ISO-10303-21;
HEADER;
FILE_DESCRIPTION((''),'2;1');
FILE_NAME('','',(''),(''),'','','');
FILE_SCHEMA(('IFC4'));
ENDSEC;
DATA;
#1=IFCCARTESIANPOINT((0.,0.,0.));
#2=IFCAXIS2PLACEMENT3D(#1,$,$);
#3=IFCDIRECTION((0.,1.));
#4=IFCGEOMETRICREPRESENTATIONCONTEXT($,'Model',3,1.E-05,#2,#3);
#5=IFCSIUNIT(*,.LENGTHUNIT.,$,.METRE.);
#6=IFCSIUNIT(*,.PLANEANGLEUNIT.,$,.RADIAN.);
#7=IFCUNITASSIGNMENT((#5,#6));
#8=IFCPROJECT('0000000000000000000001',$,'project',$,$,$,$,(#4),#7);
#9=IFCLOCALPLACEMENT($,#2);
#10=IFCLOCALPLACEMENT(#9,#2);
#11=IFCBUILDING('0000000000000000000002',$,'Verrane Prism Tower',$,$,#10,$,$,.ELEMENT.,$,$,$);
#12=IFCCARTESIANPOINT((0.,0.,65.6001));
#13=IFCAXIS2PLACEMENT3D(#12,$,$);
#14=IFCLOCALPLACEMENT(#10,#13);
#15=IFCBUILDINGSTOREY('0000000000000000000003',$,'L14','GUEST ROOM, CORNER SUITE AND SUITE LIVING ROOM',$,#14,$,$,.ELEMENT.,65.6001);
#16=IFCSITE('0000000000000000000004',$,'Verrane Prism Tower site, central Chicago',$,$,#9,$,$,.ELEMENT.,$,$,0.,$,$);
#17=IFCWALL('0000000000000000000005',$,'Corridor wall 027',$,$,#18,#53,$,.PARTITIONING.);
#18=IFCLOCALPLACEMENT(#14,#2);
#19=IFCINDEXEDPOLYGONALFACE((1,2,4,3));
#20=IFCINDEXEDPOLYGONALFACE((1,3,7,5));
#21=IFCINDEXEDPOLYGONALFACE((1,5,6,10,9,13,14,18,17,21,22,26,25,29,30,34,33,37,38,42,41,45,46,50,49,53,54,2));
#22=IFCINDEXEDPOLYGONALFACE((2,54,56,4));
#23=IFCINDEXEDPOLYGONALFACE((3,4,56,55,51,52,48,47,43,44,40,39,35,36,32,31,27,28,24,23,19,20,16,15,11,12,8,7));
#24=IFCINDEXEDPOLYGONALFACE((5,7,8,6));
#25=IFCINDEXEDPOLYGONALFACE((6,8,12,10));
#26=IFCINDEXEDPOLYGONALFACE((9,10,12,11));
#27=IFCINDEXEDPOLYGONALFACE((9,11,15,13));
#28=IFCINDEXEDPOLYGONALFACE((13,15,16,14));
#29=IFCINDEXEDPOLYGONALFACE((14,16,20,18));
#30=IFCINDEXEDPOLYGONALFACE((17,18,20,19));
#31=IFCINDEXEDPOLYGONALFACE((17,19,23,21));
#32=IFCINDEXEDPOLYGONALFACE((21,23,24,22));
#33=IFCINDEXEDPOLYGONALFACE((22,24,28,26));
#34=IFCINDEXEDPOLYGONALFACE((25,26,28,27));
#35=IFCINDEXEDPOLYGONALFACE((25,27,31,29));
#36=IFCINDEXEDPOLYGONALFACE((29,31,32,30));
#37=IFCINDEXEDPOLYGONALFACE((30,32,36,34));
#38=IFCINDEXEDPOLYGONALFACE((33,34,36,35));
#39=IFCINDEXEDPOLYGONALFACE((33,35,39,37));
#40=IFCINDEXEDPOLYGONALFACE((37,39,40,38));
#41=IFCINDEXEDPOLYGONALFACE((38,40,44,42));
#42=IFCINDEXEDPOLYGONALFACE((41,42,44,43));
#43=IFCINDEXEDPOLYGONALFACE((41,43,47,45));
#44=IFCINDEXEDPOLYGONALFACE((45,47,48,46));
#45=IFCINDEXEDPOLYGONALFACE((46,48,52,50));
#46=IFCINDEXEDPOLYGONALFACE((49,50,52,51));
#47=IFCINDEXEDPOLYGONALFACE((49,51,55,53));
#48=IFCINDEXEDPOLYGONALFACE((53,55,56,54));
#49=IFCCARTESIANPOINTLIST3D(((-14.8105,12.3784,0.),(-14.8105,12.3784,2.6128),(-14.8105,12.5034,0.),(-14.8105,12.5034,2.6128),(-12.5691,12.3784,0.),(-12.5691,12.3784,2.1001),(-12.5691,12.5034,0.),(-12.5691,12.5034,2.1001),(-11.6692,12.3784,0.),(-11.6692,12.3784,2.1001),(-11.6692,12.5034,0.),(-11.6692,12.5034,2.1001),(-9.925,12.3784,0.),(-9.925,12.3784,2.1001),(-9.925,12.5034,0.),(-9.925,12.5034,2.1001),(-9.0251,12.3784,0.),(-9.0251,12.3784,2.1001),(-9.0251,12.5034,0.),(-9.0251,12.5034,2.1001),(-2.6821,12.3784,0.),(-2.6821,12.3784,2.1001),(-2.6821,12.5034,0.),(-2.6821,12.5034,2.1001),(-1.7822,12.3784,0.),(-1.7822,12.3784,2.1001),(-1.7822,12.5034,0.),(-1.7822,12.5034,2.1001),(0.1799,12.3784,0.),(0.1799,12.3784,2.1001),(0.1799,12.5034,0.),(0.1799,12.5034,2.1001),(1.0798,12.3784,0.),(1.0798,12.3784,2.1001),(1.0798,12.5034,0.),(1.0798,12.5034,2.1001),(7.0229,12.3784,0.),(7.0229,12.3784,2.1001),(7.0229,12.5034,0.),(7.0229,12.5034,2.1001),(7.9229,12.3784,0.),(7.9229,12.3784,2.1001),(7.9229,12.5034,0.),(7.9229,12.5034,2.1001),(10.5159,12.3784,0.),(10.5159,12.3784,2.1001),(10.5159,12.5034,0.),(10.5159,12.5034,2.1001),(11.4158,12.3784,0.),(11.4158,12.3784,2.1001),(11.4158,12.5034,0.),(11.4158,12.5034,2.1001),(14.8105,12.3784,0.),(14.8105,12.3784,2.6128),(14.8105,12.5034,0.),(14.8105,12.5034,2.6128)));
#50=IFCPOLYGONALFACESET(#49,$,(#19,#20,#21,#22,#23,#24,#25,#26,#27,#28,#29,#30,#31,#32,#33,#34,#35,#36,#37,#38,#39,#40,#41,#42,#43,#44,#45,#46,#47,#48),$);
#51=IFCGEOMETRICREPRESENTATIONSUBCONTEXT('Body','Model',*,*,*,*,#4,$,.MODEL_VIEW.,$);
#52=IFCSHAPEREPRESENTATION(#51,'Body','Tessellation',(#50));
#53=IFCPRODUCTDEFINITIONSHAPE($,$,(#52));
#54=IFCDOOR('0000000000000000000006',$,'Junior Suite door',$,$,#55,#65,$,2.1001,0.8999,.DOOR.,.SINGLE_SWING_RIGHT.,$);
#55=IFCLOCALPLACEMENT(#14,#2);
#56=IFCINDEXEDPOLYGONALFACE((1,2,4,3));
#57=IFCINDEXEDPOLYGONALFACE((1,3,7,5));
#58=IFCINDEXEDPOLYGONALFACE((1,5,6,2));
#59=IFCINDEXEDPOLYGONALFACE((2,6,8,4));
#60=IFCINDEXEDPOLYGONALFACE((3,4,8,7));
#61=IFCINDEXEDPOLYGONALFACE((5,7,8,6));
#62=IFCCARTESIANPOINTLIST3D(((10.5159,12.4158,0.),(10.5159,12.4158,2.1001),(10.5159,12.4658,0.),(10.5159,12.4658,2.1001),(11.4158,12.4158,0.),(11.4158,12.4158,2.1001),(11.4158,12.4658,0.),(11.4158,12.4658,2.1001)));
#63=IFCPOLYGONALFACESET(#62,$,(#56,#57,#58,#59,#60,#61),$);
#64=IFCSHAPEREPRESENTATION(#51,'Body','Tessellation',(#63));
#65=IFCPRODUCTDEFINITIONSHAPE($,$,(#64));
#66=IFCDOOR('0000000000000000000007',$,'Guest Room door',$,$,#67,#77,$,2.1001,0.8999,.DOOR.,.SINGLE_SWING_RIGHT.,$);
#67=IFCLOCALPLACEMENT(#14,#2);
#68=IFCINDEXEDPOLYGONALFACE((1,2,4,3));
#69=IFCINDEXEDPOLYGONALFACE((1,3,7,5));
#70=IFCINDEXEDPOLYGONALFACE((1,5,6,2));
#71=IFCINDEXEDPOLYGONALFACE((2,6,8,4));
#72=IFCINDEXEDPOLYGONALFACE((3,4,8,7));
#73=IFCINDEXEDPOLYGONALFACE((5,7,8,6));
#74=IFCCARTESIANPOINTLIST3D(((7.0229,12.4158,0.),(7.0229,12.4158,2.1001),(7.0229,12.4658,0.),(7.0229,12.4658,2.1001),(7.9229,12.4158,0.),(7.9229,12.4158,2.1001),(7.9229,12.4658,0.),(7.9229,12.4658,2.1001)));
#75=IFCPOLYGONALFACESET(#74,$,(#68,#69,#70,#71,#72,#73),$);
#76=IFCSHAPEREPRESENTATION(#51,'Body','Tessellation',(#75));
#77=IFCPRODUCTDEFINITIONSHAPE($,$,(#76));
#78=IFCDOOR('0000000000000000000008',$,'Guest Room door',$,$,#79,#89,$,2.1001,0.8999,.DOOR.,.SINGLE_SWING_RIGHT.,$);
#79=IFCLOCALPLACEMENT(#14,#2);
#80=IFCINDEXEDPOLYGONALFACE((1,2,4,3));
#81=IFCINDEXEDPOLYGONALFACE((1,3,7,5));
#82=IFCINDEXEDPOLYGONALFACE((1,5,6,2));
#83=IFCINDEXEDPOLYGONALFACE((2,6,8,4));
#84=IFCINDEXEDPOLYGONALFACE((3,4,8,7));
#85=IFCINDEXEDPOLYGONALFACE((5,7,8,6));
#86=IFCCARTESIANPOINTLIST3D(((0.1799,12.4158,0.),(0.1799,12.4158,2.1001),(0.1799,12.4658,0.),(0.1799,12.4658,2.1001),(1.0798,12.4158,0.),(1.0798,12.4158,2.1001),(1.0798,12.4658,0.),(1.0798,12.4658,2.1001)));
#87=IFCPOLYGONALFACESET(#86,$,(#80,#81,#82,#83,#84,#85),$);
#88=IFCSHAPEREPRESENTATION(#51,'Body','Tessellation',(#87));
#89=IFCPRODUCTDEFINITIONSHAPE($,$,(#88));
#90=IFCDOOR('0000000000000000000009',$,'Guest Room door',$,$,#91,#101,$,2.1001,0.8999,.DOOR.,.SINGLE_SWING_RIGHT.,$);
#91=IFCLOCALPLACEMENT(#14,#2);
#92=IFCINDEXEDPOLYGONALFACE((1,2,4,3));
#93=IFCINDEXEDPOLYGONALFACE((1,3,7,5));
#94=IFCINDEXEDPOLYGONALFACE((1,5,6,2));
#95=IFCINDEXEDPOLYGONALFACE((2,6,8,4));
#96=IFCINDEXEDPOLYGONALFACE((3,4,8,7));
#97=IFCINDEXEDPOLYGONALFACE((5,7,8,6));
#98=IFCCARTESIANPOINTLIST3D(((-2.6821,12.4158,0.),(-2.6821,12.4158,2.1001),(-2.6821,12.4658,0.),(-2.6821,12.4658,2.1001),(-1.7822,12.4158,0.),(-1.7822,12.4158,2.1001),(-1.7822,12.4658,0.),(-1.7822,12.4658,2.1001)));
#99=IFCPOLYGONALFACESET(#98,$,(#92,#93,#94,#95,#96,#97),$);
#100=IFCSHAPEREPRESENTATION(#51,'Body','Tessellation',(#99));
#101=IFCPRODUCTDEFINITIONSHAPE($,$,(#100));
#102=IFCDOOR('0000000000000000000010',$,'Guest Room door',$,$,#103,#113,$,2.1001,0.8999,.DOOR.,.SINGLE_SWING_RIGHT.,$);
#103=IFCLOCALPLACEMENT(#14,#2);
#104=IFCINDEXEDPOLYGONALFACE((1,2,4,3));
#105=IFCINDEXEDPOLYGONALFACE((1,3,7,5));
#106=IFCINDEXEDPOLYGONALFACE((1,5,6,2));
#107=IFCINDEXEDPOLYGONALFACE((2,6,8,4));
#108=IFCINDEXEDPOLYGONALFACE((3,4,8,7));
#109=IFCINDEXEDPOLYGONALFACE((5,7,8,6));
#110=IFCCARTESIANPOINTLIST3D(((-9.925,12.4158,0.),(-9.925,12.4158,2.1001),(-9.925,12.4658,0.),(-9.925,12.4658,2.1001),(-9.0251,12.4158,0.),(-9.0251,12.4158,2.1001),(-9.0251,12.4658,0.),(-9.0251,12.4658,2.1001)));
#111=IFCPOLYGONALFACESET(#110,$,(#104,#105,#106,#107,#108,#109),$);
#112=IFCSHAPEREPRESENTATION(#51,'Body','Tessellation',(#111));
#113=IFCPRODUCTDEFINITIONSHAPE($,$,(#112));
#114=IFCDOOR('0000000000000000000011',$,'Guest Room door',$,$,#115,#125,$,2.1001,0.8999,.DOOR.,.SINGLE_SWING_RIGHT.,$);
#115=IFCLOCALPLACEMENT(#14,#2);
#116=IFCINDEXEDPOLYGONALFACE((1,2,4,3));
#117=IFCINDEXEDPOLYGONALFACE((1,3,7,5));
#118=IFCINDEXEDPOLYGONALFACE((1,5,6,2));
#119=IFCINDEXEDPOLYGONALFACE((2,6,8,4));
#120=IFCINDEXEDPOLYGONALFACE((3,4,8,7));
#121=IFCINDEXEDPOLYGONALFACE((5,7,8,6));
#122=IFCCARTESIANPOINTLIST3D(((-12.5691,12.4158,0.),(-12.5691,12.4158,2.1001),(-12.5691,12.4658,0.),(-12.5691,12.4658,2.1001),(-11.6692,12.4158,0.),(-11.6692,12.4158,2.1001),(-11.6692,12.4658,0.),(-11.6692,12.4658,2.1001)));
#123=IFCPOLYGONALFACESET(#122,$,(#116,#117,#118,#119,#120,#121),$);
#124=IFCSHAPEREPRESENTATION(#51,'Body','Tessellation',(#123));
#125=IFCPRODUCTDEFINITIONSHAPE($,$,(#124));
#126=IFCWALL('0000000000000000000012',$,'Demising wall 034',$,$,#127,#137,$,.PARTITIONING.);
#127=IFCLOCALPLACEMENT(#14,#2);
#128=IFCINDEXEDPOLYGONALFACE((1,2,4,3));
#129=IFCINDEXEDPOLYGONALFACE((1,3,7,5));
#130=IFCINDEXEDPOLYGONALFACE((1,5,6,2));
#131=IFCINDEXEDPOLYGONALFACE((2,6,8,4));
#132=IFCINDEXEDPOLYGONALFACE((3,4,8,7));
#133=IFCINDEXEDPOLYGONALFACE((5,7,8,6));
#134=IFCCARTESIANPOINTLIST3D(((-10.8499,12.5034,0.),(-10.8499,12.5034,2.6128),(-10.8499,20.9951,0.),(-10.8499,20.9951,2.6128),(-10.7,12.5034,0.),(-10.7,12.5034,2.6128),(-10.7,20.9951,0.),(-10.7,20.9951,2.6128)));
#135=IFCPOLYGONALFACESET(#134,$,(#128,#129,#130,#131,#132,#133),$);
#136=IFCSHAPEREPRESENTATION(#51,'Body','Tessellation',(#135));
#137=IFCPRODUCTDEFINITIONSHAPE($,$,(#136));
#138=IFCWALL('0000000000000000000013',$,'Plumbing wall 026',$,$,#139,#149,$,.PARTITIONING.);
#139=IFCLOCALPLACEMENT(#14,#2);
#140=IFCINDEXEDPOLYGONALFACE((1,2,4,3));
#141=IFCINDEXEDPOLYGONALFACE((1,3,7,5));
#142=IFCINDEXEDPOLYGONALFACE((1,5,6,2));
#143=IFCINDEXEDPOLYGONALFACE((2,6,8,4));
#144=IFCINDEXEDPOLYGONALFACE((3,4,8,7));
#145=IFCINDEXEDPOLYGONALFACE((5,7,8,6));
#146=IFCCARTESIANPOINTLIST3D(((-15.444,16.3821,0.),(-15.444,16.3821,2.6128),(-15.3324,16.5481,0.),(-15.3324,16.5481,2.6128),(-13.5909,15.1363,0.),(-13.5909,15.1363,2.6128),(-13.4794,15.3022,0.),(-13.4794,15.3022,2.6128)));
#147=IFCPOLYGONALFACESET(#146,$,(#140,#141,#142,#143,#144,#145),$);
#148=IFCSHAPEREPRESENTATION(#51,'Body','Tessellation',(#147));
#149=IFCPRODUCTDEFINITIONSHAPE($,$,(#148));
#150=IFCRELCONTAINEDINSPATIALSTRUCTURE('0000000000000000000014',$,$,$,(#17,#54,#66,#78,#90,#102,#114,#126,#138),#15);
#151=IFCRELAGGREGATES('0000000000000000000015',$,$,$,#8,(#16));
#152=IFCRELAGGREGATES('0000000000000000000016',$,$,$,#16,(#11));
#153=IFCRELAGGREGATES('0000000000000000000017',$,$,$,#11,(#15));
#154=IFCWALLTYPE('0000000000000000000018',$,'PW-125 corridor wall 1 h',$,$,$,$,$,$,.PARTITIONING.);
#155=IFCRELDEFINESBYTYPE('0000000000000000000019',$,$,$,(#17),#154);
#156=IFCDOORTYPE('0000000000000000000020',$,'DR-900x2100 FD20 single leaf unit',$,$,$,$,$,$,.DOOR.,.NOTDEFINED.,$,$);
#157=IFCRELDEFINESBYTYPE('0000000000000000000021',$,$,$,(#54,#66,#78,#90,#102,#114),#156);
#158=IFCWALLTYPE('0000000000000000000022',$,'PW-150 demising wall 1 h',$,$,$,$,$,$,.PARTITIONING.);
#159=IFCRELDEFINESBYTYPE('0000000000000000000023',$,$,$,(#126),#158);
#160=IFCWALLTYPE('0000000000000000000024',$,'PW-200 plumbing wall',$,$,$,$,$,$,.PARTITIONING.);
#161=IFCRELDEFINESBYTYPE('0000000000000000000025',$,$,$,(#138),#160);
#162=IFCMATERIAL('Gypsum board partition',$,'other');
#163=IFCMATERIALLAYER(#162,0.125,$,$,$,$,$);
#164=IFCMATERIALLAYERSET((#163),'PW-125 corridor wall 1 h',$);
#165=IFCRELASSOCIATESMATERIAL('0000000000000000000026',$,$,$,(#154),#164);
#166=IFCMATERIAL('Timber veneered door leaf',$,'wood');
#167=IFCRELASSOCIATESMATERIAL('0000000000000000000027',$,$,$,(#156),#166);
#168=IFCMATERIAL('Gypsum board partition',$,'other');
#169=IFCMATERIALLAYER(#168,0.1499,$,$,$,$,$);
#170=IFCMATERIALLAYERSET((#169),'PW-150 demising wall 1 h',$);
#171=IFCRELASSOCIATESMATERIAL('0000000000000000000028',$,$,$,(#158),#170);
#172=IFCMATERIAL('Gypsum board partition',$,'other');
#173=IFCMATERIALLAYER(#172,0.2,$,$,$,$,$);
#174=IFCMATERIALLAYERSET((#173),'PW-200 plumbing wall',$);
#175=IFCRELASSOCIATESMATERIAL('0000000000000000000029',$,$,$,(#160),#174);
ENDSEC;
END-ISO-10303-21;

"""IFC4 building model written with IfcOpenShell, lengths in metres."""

from ifc_helpers import new_model, si_unit, direction, frame, frame_2d, origin, place, context, subcontext, project, spatial, rectangle, extrude, material, layer, layer_set, type_object, element, fill, save


model = new_model("IFC4")

# Units and contexts
model_context = context("Model", 3, precision=1e-05, world=origin(), true_north=direction((0.0, 1.0)))
body_context = subcontext(model_context, "Body", "Model", "MODEL_VIEW")
ifc_project = project(units=[si_unit("LENGTHUNIT", "METRE"), si_unit("PLANEANGLEUNIT", "RADIAN")], contexts=[model_context])

# Site, building, storey
site_placement = place(None, origin())
site = spatial("IfcSite", under=ifc_project, at=site_placement, Name="Verrane Prism Tower site, central Chicago", CompositionType="ELEMENT", RefElevation=0.0)
building_placement = place(site_placement, origin())
building = spatial("IfcBuilding", under=site, at=building_placement, Name="Verrane Prism Tower", CompositionType="ELEMENT")
storey_placement = place(building_placement, frame((0.0, 0.0, 65.6001)))
storey = spatial("IfcBuildingStorey", under=building, at=storey_placement, Name="L14", Description="GUEST ROOM, CORNER SUITE AND SUITE LIVING ROOM", CompositionType="ELEMENT", Elevation=65.6001)

# Wall, openings, doors
ifc_material_1 = material(Name="Gypsum board partition", Category="other")
ifc_layer_1 = layer(ifc_material_1, 0.125)
ifc_layer_set_1 = layer_set([ifc_layer_1], Name="PW-125 corridor wall 1 h")
wall_type_1 = type_object("IfcWallType", Name="PW-125 corridor wall 1 h", PredefinedType="PARTITIONING", material=ifc_layer_set_1)
wall_1_placement = place(storey_placement, frame((-14.8105, 12.4409, 0.0), z_axis=(0.0, 0.0, 1.0), x_axis=(1.0, 0.0, 0.0)))
wall_1 = element("IfcWall", 1, at=wall_1_placement, inside=storey, type_object=wall_type_1, Name="Corridor wall 027", PredefinedType="PARTITIONING", context=body_context, shape_type="SweptSolid", body=[
    extrude(rectangle(XDim=29.6211, YDim=0.125, at=frame_2d((14.8105, 0.0))), origin(), (0.0, 0.0, 1.0), 2.6128),
])
opening_1_placement = place(wall_1_placement, frame((25.3264, 0.0, 0.0)))
opening_1 = element("IfcOpeningElement", 2, at=opening_1_placement, cuts=wall_1, PredefinedType="OPENING", context=body_context, shape_type="SweptSolid", body=[
    extrude(rectangle(XDim=0.8999, YDim=2.1001, at=frame_2d((0.45, 1.05))), frame((0.0, 0.0725, 0.0), z_axis=(0.0, -1.0, 0.0), x_axis=(1.0, 0.0, 0.0)), (0.0, 0.0, 1.0), 0.145),
])
opening_2_placement = place(wall_1_placement, frame((21.8335, 0.0, 0.0)))
opening_2 = element("IfcOpeningElement", 3, at=opening_2_placement, cuts=wall_1, PredefinedType="OPENING", context=body_context, shape_type="SweptSolid", body=[
    extrude(rectangle(XDim=0.8999, YDim=2.1001, at=frame_2d((0.45, 1.05))), frame((0.0, 0.0725, 0.0), z_axis=(0.0, -1.0, 0.0), x_axis=(1.0, 0.0, 0.0)), (0.0, 0.0, 1.0), 0.145),
])
opening_3_placement = place(wall_1_placement, frame((14.9905, 0.0, 0.0)))
opening_3 = element("IfcOpeningElement", 4, at=opening_3_placement, cuts=wall_1, PredefinedType="OPENING", context=body_context, shape_type="SweptSolid", body=[
    extrude(rectangle(XDim=0.8999, YDim=2.1001, at=frame_2d((0.45, 1.05))), frame((0.0, 0.0725, 0.0), z_axis=(0.0, -1.0, 0.0), x_axis=(1.0, 0.0, 0.0)), (0.0, 0.0, 1.0), 0.145),
])
opening_4_placement = place(wall_1_placement, frame((12.1284, 0.0, 0.0)))
opening_4 = element("IfcOpeningElement", 5, at=opening_4_placement, cuts=wall_1, PredefinedType="OPENING", context=body_context, shape_type="SweptSolid", body=[
    extrude(rectangle(XDim=0.8999, YDim=2.1001, at=frame_2d((0.45, 1.05))), frame((0.0, 0.0725, 0.0), z_axis=(0.0, -1.0, 0.0), x_axis=(1.0, 0.0, 0.0)), (0.0, 0.0, 1.0), 0.145),
])
opening_5_placement = place(wall_1_placement, frame((4.8855, 0.0, 0.0)))
opening_5 = element("IfcOpeningElement", 6, at=opening_5_placement, cuts=wall_1, PredefinedType="OPENING", context=body_context, shape_type="SweptSolid", body=[
    extrude(rectangle(XDim=0.8999, YDim=2.1001, at=frame_2d((0.45, 1.05))), frame((0.0, 0.0725, 0.0), z_axis=(0.0, -1.0, 0.0), x_axis=(1.0, 0.0, 0.0)), (0.0, 0.0, 1.0), 0.145),
])
opening_6_placement = place(wall_1_placement, frame((2.2415, 0.0, 0.0)))
opening_6 = element("IfcOpeningElement", 7, at=opening_6_placement, cuts=wall_1, PredefinedType="OPENING", context=body_context, shape_type="SweptSolid", body=[
    extrude(rectangle(XDim=0.8999, YDim=2.1001, at=frame_2d((0.45, 1.05))), frame((0.0, 0.0725, 0.0), z_axis=(0.0, -1.0, 0.0), x_axis=(1.0, 0.0, 0.0)), (0.0, 0.0, 1.0), 0.145),
])
ifc_material_2 = material(Name="Timber veneered door leaf", Category="wood")
door_type_1 = type_object("IfcDoorType", Name="DR-900x2100 FD20 single leaf unit", OperationType="NOTDEFINED", PredefinedType="DOOR", material=ifc_material_2)
door_1_placement = place(opening_1_placement, origin())
door_1 = element("IfcDoor", 8, at=door_1_placement, inside=storey, type_object=door_type_1, Name="Junior Suite door", OperationType="SINGLE_SWING_RIGHT", OverallHeight=2.1001, OverallWidth=0.8999, PredefinedType="DOOR", context=body_context, shape_type="SweptSolid", body=[
    extrude(rectangle(XDim=0.8999, YDim=2.1001, at=frame_2d((0.45, 1.05))), frame((0.0, 0.0249, 0.0), z_axis=(0.0, -1.0, 0.0), x_axis=(1.0, 0.0, 0.0)), (0.0, 0.0, 1.0), 0.05),
])
fill(opening_1, door_1)
door_2_placement = place(opening_2_placement, origin())
door_2 = element("IfcDoor", 9, at=door_2_placement, inside=storey, type_object=door_type_1, Name="Guest Room door", OperationType="SINGLE_SWING_RIGHT", OverallHeight=2.1001, OverallWidth=0.8999, PredefinedType="DOOR", context=body_context, shape_type="SweptSolid", body=[
    extrude(rectangle(XDim=0.8999, YDim=2.1001, at=frame_2d((0.45, 1.05))), frame((0.0, 0.0249, 0.0), z_axis=(0.0, -1.0, 0.0), x_axis=(1.0, 0.0, 0.0)), (0.0, 0.0, 1.0), 0.05),
])
fill(opening_2, door_2)
door_3_placement = place(opening_3_placement, origin())
door_3 = element("IfcDoor", 10, at=door_3_placement, inside=storey, type_object=door_type_1, Name="Guest Room door", OperationType="SINGLE_SWING_RIGHT", OverallHeight=2.1001, OverallWidth=0.8999, PredefinedType="DOOR", context=body_context, shape_type="SweptSolid", body=[
    extrude(rectangle(XDim=0.8999, YDim=2.1001, at=frame_2d((0.45, 1.05))), frame((0.0, 0.0249, 0.0), z_axis=(0.0, -1.0, 0.0), x_axis=(1.0, 0.0, 0.0)), (0.0, 0.0, 1.0), 0.05),
])
fill(opening_3, door_3)
door_4_placement = place(opening_4_placement, origin())
door_4 = element("IfcDoor", 11, at=door_4_placement, inside=storey, type_object=door_type_1, Name="Guest Room door", OperationType="SINGLE_SWING_RIGHT", OverallHeight=2.1001, OverallWidth=0.8999, PredefinedType="DOOR", context=body_context, shape_type="SweptSolid", body=[
    extrude(rectangle(XDim=0.8999, YDim=2.1001, at=frame_2d((0.45, 1.05))), frame((0.0, 0.0249, 0.0), z_axis=(0.0, -1.0, 0.0), x_axis=(1.0, 0.0, 0.0)), (0.0, 0.0, 1.0), 0.05),
])
fill(opening_4, door_4)
door_5_placement = place(opening_5_placement, origin())
door_5 = element("IfcDoor", 12, at=door_5_placement, inside=storey, type_object=door_type_1, Name="Guest Room door", OperationType="SINGLE_SWING_RIGHT", OverallHeight=2.1001, OverallWidth=0.8999, PredefinedType="DOOR", context=body_context, shape_type="SweptSolid", body=[
    extrude(rectangle(XDim=0.8999, YDim=2.1001, at=frame_2d((0.45, 1.05))), frame((0.0, 0.0249, 0.0), z_axis=(0.0, -1.0, 0.0), x_axis=(1.0, 0.0, 0.0)), (0.0, 0.0, 1.0), 0.05),
])
fill(opening_5, door_5)
door_6_placement = place(opening_6_placement, origin())
door_6 = element("IfcDoor", 13, at=door_6_placement, inside=storey, type_object=door_type_1, Name="Guest Room door", OperationType="SINGLE_SWING_RIGHT", OverallHeight=2.1001, OverallWidth=0.8999, PredefinedType="DOOR", context=body_context, shape_type="SweptSolid", body=[
    extrude(rectangle(XDim=0.8999, YDim=2.1001, at=frame_2d((0.45, 1.05))), frame((0.0, 0.0249, 0.0), z_axis=(0.0, -1.0, 0.0), x_axis=(1.0, 0.0, 0.0)), (0.0, 0.0, 1.0), 0.05),
])
fill(opening_6, door_6)

# Walls
ifc_material_3 = material(Name="Gypsum board partition", Category="other")
ifc_layer_2 = layer(ifc_material_3, 0.1499)
ifc_layer_set_2 = layer_set([ifc_layer_2], Name="PW-150 demising wall 1 h")
wall_type_2 = type_object("IfcWallType", Name="PW-150 demising wall 1 h", PredefinedType="PARTITIONING", material=ifc_layer_set_2)
wall_2_placement = place(storey_placement, frame((-10.7749, 12.5034, 0.0), z_axis=(0.0, 0.0, 1.0), x_axis=(0.0, 1.0, 0.0)))
element("IfcWall", 14, at=wall_2_placement, inside=storey, type_object=wall_type_2, Name="Demising wall 034", PredefinedType="PARTITIONING", context=body_context, shape_type="SweptSolid", body=[
    extrude(rectangle(XDim=8.4917, YDim=0.1499, at=frame_2d((4.2458, 0.0))), origin(), (0.0, 0.0, 1.0), 2.6128),
])
ifc_material_4 = material(Name="Gypsum board partition", Category="other")
ifc_layer_3 = layer(ifc_material_4, 0.2)
ifc_layer_set_3 = layer_set([ifc_layer_3], Name="PW-200 plumbing wall")
wall_type_3 = type_object("IfcWallType", Name="PW-200 plumbing wall", PredefinedType="PARTITIONING", material=ifc_layer_set_3)
wall_3_placement = place(storey_placement, frame((-15.3882, 16.4651, 0.0), z_axis=(0.0, 0.0, 1.0), x_axis=(0.829874, -0.557951, 0.0)))
element("IfcWall", 15, at=wall_3_placement, inside=storey, type_object=wall_type_3, Name="Plumbing wall 026", PredefinedType="PARTITIONING", context=body_context, shape_type="SweptSolid", body=[
    extrude(rectangle(XDim=2.2329, YDim=0.2, at=frame_2d((1.1165, 0.0))), origin(), (0.0, 0.0, 1.0), 2.6128),
])

save(model, "model.ifc")
